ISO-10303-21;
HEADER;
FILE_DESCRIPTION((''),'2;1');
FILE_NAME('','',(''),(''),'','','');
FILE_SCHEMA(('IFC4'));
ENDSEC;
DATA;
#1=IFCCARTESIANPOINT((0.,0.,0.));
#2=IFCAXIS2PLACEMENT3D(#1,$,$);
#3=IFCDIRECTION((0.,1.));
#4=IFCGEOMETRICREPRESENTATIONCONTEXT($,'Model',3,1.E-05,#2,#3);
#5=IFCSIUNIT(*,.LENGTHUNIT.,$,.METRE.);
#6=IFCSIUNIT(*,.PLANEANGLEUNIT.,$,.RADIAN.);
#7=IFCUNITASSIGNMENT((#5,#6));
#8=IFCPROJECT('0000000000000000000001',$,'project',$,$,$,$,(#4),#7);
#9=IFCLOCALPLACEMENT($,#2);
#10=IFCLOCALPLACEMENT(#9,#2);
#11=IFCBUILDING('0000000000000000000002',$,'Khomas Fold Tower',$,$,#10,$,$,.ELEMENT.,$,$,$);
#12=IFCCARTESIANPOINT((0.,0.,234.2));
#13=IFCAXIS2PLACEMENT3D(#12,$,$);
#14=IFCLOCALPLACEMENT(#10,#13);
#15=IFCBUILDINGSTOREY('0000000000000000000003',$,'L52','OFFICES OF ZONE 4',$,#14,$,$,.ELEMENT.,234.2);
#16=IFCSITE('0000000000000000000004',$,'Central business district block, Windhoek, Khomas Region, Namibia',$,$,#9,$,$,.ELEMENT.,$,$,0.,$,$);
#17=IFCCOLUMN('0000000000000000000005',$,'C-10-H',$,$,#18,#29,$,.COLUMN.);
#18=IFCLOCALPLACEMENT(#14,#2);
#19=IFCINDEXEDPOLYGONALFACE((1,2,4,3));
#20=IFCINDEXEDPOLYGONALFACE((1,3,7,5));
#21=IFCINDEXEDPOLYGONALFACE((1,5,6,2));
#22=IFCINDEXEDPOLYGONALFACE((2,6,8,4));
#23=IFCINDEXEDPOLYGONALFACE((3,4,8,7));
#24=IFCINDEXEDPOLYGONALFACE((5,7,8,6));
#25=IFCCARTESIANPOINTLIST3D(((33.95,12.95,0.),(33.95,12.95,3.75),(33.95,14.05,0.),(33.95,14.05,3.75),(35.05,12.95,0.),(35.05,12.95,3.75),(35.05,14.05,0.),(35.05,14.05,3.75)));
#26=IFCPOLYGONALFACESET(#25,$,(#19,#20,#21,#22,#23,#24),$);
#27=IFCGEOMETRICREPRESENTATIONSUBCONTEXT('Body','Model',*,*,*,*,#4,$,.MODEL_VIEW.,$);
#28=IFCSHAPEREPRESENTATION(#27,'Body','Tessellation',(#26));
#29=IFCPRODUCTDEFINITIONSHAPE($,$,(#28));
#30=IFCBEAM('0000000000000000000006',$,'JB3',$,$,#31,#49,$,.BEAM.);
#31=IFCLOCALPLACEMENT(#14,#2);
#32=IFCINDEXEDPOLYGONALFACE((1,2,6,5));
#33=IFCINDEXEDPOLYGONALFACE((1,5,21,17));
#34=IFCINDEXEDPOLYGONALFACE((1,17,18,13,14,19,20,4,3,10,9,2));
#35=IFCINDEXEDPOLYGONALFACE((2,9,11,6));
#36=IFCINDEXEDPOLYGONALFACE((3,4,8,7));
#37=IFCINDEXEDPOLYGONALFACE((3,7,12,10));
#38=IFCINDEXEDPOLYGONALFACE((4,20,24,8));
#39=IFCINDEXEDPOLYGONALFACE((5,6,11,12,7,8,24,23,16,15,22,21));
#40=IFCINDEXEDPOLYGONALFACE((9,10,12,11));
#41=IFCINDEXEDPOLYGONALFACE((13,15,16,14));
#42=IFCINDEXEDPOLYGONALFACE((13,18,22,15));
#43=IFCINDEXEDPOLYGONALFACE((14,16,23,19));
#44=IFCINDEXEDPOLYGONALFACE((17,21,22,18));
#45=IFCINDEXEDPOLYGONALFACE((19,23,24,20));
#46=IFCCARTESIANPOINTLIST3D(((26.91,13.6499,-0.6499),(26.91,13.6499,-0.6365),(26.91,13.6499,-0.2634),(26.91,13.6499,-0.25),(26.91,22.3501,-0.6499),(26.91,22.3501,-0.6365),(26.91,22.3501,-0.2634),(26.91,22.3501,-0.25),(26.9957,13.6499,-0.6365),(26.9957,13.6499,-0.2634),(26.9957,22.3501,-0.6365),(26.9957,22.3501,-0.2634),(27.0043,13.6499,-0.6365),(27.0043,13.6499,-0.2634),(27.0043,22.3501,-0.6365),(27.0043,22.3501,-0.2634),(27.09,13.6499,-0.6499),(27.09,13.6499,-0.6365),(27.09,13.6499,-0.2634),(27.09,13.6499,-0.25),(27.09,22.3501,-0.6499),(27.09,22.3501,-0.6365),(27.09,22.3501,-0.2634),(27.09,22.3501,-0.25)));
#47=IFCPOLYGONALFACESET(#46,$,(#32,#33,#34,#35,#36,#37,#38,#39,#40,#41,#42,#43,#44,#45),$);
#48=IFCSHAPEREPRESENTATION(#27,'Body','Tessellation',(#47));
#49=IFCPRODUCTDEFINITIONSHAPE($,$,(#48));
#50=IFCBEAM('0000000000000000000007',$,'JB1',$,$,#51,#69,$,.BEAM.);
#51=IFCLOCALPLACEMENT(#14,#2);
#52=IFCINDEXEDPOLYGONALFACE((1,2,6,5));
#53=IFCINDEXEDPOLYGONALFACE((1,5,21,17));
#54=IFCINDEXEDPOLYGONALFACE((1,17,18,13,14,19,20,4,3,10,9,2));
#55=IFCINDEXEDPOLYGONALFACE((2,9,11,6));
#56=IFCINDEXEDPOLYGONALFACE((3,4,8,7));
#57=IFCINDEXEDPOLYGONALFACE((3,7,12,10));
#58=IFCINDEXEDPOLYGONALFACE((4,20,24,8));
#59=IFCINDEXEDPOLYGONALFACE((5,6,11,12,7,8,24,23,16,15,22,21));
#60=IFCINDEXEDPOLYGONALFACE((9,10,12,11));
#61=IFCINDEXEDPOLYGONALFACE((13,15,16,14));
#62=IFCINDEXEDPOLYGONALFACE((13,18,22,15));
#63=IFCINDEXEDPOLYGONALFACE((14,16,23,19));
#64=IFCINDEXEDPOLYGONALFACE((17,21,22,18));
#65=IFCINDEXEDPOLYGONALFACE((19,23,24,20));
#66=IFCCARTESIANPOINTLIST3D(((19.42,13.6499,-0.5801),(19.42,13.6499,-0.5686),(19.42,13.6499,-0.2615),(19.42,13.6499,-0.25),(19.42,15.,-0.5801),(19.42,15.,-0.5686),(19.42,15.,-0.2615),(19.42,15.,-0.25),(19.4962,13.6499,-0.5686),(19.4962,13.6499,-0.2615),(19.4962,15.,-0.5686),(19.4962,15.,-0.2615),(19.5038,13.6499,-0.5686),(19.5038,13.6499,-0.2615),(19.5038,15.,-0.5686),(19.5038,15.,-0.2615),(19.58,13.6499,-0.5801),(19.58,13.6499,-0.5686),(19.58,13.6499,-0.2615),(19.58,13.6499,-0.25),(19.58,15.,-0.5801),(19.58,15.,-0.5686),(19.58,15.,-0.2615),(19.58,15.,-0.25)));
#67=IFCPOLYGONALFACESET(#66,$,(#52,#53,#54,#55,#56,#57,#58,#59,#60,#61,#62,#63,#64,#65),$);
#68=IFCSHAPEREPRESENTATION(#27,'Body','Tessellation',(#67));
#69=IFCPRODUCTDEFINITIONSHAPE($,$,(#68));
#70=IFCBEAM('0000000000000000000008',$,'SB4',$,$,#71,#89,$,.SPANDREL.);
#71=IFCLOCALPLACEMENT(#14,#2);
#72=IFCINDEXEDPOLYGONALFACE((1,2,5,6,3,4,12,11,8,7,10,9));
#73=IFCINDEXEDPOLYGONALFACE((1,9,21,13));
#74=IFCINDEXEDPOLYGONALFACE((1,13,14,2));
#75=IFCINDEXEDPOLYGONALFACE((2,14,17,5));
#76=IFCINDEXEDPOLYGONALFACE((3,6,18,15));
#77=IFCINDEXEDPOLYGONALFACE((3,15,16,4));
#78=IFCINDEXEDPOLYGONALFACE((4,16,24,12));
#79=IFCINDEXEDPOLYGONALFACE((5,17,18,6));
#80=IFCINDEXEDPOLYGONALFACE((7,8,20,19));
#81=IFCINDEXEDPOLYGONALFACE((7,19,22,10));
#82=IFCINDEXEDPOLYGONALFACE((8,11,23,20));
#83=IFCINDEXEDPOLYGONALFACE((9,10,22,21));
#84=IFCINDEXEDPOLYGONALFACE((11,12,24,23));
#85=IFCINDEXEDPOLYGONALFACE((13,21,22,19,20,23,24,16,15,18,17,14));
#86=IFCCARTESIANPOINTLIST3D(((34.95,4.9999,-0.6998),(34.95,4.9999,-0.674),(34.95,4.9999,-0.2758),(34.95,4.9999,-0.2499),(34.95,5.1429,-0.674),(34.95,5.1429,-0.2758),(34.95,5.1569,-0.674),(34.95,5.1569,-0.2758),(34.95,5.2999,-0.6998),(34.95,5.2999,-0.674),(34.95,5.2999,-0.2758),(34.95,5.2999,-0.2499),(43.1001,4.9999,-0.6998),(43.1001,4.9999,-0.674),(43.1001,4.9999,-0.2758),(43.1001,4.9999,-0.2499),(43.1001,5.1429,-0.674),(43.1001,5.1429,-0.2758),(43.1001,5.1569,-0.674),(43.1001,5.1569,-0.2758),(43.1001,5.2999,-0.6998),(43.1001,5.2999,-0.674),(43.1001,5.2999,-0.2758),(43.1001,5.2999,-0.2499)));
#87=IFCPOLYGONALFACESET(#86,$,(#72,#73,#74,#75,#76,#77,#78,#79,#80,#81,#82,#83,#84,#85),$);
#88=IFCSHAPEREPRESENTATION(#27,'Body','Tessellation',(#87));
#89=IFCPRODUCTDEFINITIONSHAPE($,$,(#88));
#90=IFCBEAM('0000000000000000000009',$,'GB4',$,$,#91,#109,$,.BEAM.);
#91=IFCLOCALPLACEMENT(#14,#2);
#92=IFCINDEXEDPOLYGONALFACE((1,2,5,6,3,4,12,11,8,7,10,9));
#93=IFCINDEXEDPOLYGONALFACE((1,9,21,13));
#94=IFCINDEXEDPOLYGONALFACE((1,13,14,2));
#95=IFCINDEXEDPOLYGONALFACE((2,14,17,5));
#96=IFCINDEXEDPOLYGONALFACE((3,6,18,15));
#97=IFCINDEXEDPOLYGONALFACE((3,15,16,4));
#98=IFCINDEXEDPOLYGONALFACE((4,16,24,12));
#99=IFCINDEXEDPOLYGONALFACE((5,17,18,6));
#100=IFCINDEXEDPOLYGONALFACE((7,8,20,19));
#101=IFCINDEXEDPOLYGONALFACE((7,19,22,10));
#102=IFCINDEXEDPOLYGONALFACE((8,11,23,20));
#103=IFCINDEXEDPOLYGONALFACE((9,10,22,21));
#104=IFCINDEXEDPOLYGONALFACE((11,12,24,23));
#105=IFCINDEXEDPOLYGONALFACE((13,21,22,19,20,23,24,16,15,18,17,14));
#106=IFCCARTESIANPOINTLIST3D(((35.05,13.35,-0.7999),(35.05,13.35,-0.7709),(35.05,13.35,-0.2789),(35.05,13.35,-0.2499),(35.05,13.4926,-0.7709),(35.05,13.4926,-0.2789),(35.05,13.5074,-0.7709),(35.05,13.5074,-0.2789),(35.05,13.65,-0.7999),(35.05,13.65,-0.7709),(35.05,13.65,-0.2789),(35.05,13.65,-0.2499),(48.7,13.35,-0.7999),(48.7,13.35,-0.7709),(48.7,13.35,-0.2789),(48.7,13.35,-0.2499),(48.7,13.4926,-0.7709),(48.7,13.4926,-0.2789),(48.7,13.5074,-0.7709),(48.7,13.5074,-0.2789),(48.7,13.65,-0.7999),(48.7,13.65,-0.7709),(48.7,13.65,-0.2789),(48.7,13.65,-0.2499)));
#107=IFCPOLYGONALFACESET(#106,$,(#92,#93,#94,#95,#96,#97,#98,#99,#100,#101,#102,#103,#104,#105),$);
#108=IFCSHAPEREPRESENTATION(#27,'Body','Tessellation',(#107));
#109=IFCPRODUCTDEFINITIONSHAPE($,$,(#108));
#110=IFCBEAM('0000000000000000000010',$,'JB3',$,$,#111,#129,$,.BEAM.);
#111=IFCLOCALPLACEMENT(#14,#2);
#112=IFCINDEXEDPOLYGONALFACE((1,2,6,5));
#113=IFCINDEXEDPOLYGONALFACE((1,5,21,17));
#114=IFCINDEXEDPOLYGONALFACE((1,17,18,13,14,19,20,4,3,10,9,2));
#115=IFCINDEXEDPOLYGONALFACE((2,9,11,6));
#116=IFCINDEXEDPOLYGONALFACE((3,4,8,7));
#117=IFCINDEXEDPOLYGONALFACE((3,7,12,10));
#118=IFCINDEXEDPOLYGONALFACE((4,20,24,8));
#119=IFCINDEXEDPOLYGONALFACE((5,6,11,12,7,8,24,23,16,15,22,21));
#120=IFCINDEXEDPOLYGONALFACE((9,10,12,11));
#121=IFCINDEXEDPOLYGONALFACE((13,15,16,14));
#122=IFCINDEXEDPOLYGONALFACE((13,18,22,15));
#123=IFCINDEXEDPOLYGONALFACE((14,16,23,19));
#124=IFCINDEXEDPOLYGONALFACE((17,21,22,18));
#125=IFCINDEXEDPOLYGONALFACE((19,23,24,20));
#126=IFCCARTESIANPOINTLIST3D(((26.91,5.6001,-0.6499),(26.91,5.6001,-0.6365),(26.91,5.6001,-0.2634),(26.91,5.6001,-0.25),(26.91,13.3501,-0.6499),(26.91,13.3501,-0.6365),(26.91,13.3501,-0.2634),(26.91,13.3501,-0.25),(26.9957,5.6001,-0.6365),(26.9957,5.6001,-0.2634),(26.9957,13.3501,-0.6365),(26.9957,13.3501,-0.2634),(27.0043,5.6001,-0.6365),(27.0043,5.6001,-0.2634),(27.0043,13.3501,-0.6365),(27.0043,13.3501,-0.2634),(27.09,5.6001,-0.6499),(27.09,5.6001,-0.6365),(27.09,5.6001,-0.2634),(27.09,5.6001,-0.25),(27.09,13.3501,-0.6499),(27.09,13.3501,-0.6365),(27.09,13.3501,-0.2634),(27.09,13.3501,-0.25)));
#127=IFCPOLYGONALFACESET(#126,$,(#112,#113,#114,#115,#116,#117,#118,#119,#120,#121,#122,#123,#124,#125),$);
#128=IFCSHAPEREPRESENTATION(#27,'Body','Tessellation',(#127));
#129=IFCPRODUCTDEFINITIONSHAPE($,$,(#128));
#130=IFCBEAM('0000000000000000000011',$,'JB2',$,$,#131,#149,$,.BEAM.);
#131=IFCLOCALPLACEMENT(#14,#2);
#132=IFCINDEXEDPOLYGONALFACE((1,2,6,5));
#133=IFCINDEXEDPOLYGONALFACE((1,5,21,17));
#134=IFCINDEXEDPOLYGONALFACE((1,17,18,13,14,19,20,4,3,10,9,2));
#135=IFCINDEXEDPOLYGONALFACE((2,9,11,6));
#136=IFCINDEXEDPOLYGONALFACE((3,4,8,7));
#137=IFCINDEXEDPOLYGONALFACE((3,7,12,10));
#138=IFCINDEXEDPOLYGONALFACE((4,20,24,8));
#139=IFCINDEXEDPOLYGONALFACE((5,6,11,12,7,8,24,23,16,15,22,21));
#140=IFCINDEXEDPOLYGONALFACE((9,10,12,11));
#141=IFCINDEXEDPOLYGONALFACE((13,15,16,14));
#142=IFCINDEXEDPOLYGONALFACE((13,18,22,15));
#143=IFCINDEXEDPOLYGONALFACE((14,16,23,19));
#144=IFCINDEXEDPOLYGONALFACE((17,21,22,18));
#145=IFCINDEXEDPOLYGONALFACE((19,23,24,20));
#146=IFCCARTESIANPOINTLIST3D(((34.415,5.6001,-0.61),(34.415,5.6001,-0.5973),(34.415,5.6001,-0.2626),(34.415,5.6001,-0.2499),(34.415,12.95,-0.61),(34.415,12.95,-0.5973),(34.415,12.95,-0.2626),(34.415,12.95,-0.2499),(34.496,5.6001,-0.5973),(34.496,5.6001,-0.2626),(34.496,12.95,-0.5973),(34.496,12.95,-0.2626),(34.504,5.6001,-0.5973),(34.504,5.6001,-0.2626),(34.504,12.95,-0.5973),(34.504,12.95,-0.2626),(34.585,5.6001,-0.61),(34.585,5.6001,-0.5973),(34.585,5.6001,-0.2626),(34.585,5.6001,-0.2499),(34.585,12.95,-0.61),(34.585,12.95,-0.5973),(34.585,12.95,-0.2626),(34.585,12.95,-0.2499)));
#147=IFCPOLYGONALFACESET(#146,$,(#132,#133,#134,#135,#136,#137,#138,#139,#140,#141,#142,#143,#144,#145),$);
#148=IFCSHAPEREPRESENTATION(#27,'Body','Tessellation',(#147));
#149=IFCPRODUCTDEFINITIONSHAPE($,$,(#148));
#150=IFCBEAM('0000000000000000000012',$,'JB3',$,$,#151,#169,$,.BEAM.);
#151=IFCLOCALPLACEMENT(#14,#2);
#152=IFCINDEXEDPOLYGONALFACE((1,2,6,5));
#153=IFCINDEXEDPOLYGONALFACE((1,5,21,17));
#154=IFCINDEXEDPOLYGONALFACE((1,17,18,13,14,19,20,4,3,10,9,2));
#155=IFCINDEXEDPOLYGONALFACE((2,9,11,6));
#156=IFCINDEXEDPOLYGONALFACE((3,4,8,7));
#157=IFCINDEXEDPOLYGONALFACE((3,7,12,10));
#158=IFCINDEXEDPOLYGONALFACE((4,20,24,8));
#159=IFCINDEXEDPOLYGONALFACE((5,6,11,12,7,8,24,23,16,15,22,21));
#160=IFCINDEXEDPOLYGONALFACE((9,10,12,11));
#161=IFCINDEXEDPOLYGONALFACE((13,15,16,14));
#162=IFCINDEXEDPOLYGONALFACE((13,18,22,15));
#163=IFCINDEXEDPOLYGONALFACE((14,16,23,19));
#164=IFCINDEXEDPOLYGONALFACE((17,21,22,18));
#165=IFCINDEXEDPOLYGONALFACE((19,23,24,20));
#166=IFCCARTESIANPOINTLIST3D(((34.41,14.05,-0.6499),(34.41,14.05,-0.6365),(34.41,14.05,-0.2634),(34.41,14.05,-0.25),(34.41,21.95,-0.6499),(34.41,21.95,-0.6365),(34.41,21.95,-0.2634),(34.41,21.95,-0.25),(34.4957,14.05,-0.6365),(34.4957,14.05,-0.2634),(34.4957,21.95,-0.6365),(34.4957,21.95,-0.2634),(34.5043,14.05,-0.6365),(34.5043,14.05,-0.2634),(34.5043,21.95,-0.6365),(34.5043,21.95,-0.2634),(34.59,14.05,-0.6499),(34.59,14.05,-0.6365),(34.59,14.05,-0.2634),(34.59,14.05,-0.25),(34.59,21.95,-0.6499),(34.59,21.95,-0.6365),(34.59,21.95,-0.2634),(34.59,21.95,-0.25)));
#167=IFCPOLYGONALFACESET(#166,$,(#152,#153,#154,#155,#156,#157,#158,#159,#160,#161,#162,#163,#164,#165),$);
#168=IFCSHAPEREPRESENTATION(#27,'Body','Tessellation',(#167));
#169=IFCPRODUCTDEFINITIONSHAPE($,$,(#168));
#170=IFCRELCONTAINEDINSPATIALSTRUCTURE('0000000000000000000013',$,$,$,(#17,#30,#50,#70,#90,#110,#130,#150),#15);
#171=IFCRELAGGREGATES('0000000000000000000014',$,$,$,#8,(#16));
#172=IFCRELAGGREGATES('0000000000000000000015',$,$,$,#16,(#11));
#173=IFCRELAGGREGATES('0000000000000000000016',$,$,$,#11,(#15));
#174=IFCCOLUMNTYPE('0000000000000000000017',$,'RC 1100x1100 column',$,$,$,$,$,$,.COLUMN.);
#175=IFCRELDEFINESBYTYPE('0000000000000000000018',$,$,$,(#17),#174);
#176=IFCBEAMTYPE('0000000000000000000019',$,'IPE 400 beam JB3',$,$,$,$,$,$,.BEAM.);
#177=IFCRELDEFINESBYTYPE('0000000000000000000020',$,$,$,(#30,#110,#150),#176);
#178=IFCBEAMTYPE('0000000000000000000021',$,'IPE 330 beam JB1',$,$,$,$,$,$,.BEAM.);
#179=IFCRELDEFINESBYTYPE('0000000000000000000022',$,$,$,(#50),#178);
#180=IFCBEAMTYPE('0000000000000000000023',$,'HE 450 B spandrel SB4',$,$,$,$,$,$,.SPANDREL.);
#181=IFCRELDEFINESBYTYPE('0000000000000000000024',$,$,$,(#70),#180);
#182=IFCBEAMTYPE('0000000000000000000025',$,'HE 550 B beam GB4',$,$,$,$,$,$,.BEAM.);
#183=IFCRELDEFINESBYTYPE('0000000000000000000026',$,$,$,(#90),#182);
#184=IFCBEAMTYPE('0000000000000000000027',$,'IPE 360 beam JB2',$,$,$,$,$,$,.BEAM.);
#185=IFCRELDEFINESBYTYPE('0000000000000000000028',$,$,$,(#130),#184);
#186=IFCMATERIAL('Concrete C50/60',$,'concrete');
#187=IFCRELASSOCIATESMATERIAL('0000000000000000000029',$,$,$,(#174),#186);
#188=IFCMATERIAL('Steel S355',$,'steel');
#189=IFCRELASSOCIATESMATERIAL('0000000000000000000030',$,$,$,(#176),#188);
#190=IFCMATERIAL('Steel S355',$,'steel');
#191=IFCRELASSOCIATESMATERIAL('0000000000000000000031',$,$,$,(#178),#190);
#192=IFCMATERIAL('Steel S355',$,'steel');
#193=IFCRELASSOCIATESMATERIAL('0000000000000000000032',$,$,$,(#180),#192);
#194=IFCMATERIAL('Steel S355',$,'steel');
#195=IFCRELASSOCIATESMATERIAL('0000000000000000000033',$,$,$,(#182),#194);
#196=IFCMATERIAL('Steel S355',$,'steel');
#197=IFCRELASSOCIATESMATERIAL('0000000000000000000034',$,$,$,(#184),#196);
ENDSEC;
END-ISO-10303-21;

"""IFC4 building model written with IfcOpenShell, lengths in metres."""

from ifc_helpers import new_model, si_unit, direction, frame, origin, origin_2d, place, context, subcontext, project, spatial, rectangle, i_section, extrude, source, transform, mapped, material, material_profile, profile_set, type_object, element, save


model = new_model("IFC4")

# Units and contexts
model_context = context("Model", 3, precision=1e-05, world=origin(), true_north=direction((0.0, 1.0)))
body_context = subcontext(model_context, "Body", "Model", "MODEL_VIEW")
ifc_project = project(units=[si_unit("LENGTHUNIT", "METRE"), si_unit("PLANEANGLEUNIT", "RADIAN")], contexts=[model_context])

# Site, building, storey
site_placement = place(None, origin())
site = spatial("IfcSite", under=ifc_project, at=site_placement, Name="Central business district block, Windhoek, Khomas Region, Namibia", CompositionType="ELEMENT", RefElevation=0.0)
building_placement = place(site_placement, origin())
building = spatial("IfcBuilding", under=site, at=building_placement, Name="Khomas Fold Tower", CompositionType="ELEMENT")
storey_placement = place(building_placement, frame((0.0, 0.0, 234.2)))
storey = spatial("IfcBuildingStorey", under=building, at=storey_placement, Name="L52", Description="OFFICES OF ZONE 4", CompositionType="ELEMENT", Elevation=234.2)

# Column
ifc_material_1 = material(Name="Concrete C50/60", Category="concrete")
ifc_material_profile_1 = material_profile(ifc_material_1, rectangle(XDim=1.1001, YDim=1.1001, at=origin_2d()), Name="RC 1100x1100")
ifc_profile_set_1 = profile_set([ifc_material_profile_1], Name="Concrete C50/60")
column_type = type_object("IfcColumnType", Name="RC 1100x1100 column", PredefinedType="COLUMN", material=ifc_profile_set_1)
shared_shape_1 = source(origin(), body_context, "Body", "SweptSolid", [
    extrude(rectangle(XDim=1.1001, YDim=1.1001, at=origin_2d()), origin(), (0.0, 0.0, 1.0), 3.75),
])
column_placement = place(storey_placement, frame((34.5, 13.5, 0.0), z_axis=(0.0, 0.0, 1.0), x_axis=(1.0, 0.0, 0.0)))
element("IfcColumn", 1, at=column_placement, inside=storey, type_object=column_type, Name="C-10-H", PredefinedType="COLUMN", context=body_context, shape_type="MappedRepresentation", body=[
    mapped(shared_shape_1, transform((0.0, 0.0, 0.0))),
])

# Beams
ifc_material_2 = material(Name="Steel S355", Category="steel")
ifc_material_profile_2 = material_profile(ifc_material_2, i_section(OverallWidth=0.1799, OverallDepth=0.3999, WebThickness=0.0085, FlangeThickness=0.0134, at=origin_2d()), Name="IPE 400")
ifc_profile_set_2 = profile_set([ifc_material_profile_2], Name="Steel S355")
beam_type_1 = type_object("IfcBeamType", Name="IPE 400 beam JB3", PredefinedType="BEAM", material=ifc_profile_set_2)
shared_shape_2 = source(origin(), body_context, "Body", "SweptSolid", [
    extrude(i_section(OverallWidth=0.1799, OverallDepth=0.3999, WebThickness=0.0085, FlangeThickness=0.0134, at=origin_2d()), origin(), (0.0, 0.0, 1.0), 8.7002),
])
beam_1_placement = place(storey_placement, frame((27.0, 13.6499, -0.45), z_axis=(0.0, 1.0, 0.0), x_axis=(-1.0, 0.0, 0.0)))
element("IfcBeam", 2, at=beam_1_placement, inside=storey, type_object=beam_type_1, Name="JB3", PredefinedType="BEAM", context=body_context, shape_type="MappedRepresentation", body=[
    mapped(shared_shape_2, transform((0.0, 0.0, 0.0))),
])
ifc_material_3 = material(Name="Steel S355", Category="steel")
ifc_material_profile_3 = material_profile(ifc_material_3, i_section(OverallWidth=0.1599, OverallDepth=0.3301, WebThickness=0.0076, FlangeThickness=0.0115, at=origin_2d()), Name="IPE 330")
ifc_profile_set_3 = profile_set([ifc_material_profile_3], Name="Steel S355")
beam_type_2 = type_object("IfcBeamType", Name="IPE 330 beam JB1", PredefinedType="BEAM", material=ifc_profile_set_3)
shared_shape_3 = source(origin(), body_context, "Body", "SweptSolid", [
    extrude(i_section(OverallWidth=0.1599, OverallDepth=0.3301, WebThickness=0.0076, FlangeThickness=0.0115, at=origin_2d()), origin(), (0.0, 0.0, 1.0), 1.3501),
])
beam_2_placement = place(storey_placement, frame((19.5, 13.6499, -0.415), z_axis=(0.0, 1.0, 0.0), x_axis=(-1.0, 0.0, 0.0)))
element("IfcBeam", 3, at=beam_2_placement, inside=storey, type_object=beam_type_2, Name="JB1", PredefinedType="BEAM", context=body_context, shape_type="MappedRepresentation", body=[
    mapped(shared_shape_3, transform((0.0, 0.0, 0.0))),
])
ifc_material_4 = material(Name="Steel S355", Category="steel")
ifc_material_profile_4 = material_profile(ifc_material_4, i_section(OverallWidth=0.3, OverallDepth=0.45, WebThickness=0.0139, FlangeThickness=0.0259, at=origin_2d()), Name="HE 450 B")
ifc_profile_set_4 = profile_set([ifc_material_profile_4], Name="Steel S355")
beam_type_3 = type_object("IfcBeamType", Name="HE 450 B spandrel SB4", PredefinedType="SPANDREL", material=ifc_profile_set_4)
shared_shape_4 = source(origin(), body_context, "Body", "SweptSolid", [
    extrude(i_section(OverallWidth=0.3, OverallDepth=0.45, WebThickness=0.0139, FlangeThickness=0.0259, at=origin_2d()), origin(), (0.0, 0.0, 1.0), 8.1501),
])
beam_3_placement = place(storey_placement, frame((34.95, 5.1499, -0.4749), z_axis=(1.0, 0.0, 0.0), x_axis=(0.0, 1.0, 0.0)))
element("IfcBeam", 4, at=beam_3_placement, inside=storey, type_object=beam_type_3, Name="SB4", PredefinedType="SPANDREL", context=body_context, shape_type="MappedRepresentation", body=[
    mapped(shared_shape_4, transform((0.0, 0.0, 0.0))),
])
ifc_material_5 = material(Name="Steel S355", Category="steel")
ifc_material_profile_5 = material_profile(ifc_material_5, i_section(OverallWidth=0.3, OverallDepth=0.55, WebThickness=0.0149, FlangeThickness=0.0291, at=origin_2d()), Name="HE 550 B")
ifc_profile_set_5 = profile_set([ifc_material_profile_5], Name="Steel S355")
beam_type_4 = type_object("IfcBeamType", Name="HE 550 B beam GB4", PredefinedType="BEAM", material=ifc_profile_set_5)
shared_shape_5 = source(origin(), body_context, "Body", "SweptSolid", [
    extrude(i_section(OverallWidth=0.3, OverallDepth=0.55, WebThickness=0.0149, FlangeThickness=0.0291, at=origin_2d()), origin(), (0.0, 0.0, 1.0), 13.6499),
])
beam_4_placement = place(storey_placement, frame((35.05, 13.5, -0.5249), z_axis=(1.0, 0.0, 0.0), x_axis=(0.0, 1.0, 0.0)))
element("IfcBeam", 5, at=beam_4_placement, inside=storey, type_object=beam_type_4, Name="GB4", PredefinedType="BEAM", context=body_context, shape_type="MappedRepresentation", body=[
    mapped(shared_shape_5, transform((0.0, 0.0, 0.0))),
])
shared_shape_6 = source(origin(), body_context, "Body", "SweptSolid", [
    extrude(i_section(OverallWidth=0.1799, OverallDepth=0.3999, WebThickness=0.0085, FlangeThickness=0.0134, at=origin_2d()), origin(), (0.0, 0.0, 1.0), 7.75),
])
beam_5_placement = place(storey_placement, frame((27.0, 5.6001, -0.45), z_axis=(0.0, 1.0, 0.0), x_axis=(-1.0, 0.0, 0.0)))
element("IfcBeam", 6, at=beam_5_placement, inside=storey, type_object=beam_type_1, Name="JB3", PredefinedType="BEAM", context=body_context, shape_type="MappedRepresentation", body=[
    mapped(shared_shape_6, transform((0.0, 0.0, 0.0))),
])
ifc_material_6 = material(Name="Steel S355", Category="steel")
ifc_material_profile_6 = material_profile(ifc_material_6, i_section(OverallWidth=0.1699, OverallDepth=0.3601, WebThickness=0.0081, FlangeThickness=0.0127, at=origin_2d()), Name="IPE 360")
ifc_profile_set_6 = profile_set([ifc_material_profile_6], Name="Steel S355")
beam_type_5 = type_object("IfcBeamType", Name="IPE 360 beam JB2", PredefinedType="BEAM", material=ifc_profile_set_6)
shared_shape_7 = source(origin(), body_context, "Body", "SweptSolid", [
    extrude(i_section(OverallWidth=0.1699, OverallDepth=0.3601, WebThickness=0.0081, FlangeThickness=0.0127, at=origin_2d()), origin(), (0.0, 0.0, 1.0), 7.3499),
])
beam_6_placement = place(storey_placement, frame((34.5, 5.6001, -0.4299), z_axis=(0.0, 1.0, 0.0), x_axis=(-1.0, 0.0, 0.0)))
element("IfcBeam", 7, at=beam_6_placement, inside=storey, type_object=beam_type_5, Name="JB2", PredefinedType="BEAM", context=body_context, shape_type="MappedRepresentation", body=[
    mapped(shared_shape_7, transform((0.0, 0.0, 0.0))),
])
shared_shape_8 = source(origin(), body_context, "Body", "SweptSolid", [
    extrude(i_section(OverallWidth=0.1799, OverallDepth=0.3999, WebThickness=0.0085, FlangeThickness=0.0134, at=origin_2d()), origin(), (0.0, 0.0, 1.0), 7.8999),
])
beam_7_placement = place(storey_placement, frame((34.5, 14.05, -0.45), z_axis=(0.0, 1.0, 0.0), x_axis=(-1.0, 0.0, 0.0)))
element("IfcBeam", 8, at=beam_7_placement, inside=storey, type_object=beam_type_1, Name="JB3", PredefinedType="BEAM", context=body_context, shape_type="MappedRepresentation", body=[
    mapped(shared_shape_8, transform((0.0, 0.0, 0.0))),
])

save(model, "model.ifc")
